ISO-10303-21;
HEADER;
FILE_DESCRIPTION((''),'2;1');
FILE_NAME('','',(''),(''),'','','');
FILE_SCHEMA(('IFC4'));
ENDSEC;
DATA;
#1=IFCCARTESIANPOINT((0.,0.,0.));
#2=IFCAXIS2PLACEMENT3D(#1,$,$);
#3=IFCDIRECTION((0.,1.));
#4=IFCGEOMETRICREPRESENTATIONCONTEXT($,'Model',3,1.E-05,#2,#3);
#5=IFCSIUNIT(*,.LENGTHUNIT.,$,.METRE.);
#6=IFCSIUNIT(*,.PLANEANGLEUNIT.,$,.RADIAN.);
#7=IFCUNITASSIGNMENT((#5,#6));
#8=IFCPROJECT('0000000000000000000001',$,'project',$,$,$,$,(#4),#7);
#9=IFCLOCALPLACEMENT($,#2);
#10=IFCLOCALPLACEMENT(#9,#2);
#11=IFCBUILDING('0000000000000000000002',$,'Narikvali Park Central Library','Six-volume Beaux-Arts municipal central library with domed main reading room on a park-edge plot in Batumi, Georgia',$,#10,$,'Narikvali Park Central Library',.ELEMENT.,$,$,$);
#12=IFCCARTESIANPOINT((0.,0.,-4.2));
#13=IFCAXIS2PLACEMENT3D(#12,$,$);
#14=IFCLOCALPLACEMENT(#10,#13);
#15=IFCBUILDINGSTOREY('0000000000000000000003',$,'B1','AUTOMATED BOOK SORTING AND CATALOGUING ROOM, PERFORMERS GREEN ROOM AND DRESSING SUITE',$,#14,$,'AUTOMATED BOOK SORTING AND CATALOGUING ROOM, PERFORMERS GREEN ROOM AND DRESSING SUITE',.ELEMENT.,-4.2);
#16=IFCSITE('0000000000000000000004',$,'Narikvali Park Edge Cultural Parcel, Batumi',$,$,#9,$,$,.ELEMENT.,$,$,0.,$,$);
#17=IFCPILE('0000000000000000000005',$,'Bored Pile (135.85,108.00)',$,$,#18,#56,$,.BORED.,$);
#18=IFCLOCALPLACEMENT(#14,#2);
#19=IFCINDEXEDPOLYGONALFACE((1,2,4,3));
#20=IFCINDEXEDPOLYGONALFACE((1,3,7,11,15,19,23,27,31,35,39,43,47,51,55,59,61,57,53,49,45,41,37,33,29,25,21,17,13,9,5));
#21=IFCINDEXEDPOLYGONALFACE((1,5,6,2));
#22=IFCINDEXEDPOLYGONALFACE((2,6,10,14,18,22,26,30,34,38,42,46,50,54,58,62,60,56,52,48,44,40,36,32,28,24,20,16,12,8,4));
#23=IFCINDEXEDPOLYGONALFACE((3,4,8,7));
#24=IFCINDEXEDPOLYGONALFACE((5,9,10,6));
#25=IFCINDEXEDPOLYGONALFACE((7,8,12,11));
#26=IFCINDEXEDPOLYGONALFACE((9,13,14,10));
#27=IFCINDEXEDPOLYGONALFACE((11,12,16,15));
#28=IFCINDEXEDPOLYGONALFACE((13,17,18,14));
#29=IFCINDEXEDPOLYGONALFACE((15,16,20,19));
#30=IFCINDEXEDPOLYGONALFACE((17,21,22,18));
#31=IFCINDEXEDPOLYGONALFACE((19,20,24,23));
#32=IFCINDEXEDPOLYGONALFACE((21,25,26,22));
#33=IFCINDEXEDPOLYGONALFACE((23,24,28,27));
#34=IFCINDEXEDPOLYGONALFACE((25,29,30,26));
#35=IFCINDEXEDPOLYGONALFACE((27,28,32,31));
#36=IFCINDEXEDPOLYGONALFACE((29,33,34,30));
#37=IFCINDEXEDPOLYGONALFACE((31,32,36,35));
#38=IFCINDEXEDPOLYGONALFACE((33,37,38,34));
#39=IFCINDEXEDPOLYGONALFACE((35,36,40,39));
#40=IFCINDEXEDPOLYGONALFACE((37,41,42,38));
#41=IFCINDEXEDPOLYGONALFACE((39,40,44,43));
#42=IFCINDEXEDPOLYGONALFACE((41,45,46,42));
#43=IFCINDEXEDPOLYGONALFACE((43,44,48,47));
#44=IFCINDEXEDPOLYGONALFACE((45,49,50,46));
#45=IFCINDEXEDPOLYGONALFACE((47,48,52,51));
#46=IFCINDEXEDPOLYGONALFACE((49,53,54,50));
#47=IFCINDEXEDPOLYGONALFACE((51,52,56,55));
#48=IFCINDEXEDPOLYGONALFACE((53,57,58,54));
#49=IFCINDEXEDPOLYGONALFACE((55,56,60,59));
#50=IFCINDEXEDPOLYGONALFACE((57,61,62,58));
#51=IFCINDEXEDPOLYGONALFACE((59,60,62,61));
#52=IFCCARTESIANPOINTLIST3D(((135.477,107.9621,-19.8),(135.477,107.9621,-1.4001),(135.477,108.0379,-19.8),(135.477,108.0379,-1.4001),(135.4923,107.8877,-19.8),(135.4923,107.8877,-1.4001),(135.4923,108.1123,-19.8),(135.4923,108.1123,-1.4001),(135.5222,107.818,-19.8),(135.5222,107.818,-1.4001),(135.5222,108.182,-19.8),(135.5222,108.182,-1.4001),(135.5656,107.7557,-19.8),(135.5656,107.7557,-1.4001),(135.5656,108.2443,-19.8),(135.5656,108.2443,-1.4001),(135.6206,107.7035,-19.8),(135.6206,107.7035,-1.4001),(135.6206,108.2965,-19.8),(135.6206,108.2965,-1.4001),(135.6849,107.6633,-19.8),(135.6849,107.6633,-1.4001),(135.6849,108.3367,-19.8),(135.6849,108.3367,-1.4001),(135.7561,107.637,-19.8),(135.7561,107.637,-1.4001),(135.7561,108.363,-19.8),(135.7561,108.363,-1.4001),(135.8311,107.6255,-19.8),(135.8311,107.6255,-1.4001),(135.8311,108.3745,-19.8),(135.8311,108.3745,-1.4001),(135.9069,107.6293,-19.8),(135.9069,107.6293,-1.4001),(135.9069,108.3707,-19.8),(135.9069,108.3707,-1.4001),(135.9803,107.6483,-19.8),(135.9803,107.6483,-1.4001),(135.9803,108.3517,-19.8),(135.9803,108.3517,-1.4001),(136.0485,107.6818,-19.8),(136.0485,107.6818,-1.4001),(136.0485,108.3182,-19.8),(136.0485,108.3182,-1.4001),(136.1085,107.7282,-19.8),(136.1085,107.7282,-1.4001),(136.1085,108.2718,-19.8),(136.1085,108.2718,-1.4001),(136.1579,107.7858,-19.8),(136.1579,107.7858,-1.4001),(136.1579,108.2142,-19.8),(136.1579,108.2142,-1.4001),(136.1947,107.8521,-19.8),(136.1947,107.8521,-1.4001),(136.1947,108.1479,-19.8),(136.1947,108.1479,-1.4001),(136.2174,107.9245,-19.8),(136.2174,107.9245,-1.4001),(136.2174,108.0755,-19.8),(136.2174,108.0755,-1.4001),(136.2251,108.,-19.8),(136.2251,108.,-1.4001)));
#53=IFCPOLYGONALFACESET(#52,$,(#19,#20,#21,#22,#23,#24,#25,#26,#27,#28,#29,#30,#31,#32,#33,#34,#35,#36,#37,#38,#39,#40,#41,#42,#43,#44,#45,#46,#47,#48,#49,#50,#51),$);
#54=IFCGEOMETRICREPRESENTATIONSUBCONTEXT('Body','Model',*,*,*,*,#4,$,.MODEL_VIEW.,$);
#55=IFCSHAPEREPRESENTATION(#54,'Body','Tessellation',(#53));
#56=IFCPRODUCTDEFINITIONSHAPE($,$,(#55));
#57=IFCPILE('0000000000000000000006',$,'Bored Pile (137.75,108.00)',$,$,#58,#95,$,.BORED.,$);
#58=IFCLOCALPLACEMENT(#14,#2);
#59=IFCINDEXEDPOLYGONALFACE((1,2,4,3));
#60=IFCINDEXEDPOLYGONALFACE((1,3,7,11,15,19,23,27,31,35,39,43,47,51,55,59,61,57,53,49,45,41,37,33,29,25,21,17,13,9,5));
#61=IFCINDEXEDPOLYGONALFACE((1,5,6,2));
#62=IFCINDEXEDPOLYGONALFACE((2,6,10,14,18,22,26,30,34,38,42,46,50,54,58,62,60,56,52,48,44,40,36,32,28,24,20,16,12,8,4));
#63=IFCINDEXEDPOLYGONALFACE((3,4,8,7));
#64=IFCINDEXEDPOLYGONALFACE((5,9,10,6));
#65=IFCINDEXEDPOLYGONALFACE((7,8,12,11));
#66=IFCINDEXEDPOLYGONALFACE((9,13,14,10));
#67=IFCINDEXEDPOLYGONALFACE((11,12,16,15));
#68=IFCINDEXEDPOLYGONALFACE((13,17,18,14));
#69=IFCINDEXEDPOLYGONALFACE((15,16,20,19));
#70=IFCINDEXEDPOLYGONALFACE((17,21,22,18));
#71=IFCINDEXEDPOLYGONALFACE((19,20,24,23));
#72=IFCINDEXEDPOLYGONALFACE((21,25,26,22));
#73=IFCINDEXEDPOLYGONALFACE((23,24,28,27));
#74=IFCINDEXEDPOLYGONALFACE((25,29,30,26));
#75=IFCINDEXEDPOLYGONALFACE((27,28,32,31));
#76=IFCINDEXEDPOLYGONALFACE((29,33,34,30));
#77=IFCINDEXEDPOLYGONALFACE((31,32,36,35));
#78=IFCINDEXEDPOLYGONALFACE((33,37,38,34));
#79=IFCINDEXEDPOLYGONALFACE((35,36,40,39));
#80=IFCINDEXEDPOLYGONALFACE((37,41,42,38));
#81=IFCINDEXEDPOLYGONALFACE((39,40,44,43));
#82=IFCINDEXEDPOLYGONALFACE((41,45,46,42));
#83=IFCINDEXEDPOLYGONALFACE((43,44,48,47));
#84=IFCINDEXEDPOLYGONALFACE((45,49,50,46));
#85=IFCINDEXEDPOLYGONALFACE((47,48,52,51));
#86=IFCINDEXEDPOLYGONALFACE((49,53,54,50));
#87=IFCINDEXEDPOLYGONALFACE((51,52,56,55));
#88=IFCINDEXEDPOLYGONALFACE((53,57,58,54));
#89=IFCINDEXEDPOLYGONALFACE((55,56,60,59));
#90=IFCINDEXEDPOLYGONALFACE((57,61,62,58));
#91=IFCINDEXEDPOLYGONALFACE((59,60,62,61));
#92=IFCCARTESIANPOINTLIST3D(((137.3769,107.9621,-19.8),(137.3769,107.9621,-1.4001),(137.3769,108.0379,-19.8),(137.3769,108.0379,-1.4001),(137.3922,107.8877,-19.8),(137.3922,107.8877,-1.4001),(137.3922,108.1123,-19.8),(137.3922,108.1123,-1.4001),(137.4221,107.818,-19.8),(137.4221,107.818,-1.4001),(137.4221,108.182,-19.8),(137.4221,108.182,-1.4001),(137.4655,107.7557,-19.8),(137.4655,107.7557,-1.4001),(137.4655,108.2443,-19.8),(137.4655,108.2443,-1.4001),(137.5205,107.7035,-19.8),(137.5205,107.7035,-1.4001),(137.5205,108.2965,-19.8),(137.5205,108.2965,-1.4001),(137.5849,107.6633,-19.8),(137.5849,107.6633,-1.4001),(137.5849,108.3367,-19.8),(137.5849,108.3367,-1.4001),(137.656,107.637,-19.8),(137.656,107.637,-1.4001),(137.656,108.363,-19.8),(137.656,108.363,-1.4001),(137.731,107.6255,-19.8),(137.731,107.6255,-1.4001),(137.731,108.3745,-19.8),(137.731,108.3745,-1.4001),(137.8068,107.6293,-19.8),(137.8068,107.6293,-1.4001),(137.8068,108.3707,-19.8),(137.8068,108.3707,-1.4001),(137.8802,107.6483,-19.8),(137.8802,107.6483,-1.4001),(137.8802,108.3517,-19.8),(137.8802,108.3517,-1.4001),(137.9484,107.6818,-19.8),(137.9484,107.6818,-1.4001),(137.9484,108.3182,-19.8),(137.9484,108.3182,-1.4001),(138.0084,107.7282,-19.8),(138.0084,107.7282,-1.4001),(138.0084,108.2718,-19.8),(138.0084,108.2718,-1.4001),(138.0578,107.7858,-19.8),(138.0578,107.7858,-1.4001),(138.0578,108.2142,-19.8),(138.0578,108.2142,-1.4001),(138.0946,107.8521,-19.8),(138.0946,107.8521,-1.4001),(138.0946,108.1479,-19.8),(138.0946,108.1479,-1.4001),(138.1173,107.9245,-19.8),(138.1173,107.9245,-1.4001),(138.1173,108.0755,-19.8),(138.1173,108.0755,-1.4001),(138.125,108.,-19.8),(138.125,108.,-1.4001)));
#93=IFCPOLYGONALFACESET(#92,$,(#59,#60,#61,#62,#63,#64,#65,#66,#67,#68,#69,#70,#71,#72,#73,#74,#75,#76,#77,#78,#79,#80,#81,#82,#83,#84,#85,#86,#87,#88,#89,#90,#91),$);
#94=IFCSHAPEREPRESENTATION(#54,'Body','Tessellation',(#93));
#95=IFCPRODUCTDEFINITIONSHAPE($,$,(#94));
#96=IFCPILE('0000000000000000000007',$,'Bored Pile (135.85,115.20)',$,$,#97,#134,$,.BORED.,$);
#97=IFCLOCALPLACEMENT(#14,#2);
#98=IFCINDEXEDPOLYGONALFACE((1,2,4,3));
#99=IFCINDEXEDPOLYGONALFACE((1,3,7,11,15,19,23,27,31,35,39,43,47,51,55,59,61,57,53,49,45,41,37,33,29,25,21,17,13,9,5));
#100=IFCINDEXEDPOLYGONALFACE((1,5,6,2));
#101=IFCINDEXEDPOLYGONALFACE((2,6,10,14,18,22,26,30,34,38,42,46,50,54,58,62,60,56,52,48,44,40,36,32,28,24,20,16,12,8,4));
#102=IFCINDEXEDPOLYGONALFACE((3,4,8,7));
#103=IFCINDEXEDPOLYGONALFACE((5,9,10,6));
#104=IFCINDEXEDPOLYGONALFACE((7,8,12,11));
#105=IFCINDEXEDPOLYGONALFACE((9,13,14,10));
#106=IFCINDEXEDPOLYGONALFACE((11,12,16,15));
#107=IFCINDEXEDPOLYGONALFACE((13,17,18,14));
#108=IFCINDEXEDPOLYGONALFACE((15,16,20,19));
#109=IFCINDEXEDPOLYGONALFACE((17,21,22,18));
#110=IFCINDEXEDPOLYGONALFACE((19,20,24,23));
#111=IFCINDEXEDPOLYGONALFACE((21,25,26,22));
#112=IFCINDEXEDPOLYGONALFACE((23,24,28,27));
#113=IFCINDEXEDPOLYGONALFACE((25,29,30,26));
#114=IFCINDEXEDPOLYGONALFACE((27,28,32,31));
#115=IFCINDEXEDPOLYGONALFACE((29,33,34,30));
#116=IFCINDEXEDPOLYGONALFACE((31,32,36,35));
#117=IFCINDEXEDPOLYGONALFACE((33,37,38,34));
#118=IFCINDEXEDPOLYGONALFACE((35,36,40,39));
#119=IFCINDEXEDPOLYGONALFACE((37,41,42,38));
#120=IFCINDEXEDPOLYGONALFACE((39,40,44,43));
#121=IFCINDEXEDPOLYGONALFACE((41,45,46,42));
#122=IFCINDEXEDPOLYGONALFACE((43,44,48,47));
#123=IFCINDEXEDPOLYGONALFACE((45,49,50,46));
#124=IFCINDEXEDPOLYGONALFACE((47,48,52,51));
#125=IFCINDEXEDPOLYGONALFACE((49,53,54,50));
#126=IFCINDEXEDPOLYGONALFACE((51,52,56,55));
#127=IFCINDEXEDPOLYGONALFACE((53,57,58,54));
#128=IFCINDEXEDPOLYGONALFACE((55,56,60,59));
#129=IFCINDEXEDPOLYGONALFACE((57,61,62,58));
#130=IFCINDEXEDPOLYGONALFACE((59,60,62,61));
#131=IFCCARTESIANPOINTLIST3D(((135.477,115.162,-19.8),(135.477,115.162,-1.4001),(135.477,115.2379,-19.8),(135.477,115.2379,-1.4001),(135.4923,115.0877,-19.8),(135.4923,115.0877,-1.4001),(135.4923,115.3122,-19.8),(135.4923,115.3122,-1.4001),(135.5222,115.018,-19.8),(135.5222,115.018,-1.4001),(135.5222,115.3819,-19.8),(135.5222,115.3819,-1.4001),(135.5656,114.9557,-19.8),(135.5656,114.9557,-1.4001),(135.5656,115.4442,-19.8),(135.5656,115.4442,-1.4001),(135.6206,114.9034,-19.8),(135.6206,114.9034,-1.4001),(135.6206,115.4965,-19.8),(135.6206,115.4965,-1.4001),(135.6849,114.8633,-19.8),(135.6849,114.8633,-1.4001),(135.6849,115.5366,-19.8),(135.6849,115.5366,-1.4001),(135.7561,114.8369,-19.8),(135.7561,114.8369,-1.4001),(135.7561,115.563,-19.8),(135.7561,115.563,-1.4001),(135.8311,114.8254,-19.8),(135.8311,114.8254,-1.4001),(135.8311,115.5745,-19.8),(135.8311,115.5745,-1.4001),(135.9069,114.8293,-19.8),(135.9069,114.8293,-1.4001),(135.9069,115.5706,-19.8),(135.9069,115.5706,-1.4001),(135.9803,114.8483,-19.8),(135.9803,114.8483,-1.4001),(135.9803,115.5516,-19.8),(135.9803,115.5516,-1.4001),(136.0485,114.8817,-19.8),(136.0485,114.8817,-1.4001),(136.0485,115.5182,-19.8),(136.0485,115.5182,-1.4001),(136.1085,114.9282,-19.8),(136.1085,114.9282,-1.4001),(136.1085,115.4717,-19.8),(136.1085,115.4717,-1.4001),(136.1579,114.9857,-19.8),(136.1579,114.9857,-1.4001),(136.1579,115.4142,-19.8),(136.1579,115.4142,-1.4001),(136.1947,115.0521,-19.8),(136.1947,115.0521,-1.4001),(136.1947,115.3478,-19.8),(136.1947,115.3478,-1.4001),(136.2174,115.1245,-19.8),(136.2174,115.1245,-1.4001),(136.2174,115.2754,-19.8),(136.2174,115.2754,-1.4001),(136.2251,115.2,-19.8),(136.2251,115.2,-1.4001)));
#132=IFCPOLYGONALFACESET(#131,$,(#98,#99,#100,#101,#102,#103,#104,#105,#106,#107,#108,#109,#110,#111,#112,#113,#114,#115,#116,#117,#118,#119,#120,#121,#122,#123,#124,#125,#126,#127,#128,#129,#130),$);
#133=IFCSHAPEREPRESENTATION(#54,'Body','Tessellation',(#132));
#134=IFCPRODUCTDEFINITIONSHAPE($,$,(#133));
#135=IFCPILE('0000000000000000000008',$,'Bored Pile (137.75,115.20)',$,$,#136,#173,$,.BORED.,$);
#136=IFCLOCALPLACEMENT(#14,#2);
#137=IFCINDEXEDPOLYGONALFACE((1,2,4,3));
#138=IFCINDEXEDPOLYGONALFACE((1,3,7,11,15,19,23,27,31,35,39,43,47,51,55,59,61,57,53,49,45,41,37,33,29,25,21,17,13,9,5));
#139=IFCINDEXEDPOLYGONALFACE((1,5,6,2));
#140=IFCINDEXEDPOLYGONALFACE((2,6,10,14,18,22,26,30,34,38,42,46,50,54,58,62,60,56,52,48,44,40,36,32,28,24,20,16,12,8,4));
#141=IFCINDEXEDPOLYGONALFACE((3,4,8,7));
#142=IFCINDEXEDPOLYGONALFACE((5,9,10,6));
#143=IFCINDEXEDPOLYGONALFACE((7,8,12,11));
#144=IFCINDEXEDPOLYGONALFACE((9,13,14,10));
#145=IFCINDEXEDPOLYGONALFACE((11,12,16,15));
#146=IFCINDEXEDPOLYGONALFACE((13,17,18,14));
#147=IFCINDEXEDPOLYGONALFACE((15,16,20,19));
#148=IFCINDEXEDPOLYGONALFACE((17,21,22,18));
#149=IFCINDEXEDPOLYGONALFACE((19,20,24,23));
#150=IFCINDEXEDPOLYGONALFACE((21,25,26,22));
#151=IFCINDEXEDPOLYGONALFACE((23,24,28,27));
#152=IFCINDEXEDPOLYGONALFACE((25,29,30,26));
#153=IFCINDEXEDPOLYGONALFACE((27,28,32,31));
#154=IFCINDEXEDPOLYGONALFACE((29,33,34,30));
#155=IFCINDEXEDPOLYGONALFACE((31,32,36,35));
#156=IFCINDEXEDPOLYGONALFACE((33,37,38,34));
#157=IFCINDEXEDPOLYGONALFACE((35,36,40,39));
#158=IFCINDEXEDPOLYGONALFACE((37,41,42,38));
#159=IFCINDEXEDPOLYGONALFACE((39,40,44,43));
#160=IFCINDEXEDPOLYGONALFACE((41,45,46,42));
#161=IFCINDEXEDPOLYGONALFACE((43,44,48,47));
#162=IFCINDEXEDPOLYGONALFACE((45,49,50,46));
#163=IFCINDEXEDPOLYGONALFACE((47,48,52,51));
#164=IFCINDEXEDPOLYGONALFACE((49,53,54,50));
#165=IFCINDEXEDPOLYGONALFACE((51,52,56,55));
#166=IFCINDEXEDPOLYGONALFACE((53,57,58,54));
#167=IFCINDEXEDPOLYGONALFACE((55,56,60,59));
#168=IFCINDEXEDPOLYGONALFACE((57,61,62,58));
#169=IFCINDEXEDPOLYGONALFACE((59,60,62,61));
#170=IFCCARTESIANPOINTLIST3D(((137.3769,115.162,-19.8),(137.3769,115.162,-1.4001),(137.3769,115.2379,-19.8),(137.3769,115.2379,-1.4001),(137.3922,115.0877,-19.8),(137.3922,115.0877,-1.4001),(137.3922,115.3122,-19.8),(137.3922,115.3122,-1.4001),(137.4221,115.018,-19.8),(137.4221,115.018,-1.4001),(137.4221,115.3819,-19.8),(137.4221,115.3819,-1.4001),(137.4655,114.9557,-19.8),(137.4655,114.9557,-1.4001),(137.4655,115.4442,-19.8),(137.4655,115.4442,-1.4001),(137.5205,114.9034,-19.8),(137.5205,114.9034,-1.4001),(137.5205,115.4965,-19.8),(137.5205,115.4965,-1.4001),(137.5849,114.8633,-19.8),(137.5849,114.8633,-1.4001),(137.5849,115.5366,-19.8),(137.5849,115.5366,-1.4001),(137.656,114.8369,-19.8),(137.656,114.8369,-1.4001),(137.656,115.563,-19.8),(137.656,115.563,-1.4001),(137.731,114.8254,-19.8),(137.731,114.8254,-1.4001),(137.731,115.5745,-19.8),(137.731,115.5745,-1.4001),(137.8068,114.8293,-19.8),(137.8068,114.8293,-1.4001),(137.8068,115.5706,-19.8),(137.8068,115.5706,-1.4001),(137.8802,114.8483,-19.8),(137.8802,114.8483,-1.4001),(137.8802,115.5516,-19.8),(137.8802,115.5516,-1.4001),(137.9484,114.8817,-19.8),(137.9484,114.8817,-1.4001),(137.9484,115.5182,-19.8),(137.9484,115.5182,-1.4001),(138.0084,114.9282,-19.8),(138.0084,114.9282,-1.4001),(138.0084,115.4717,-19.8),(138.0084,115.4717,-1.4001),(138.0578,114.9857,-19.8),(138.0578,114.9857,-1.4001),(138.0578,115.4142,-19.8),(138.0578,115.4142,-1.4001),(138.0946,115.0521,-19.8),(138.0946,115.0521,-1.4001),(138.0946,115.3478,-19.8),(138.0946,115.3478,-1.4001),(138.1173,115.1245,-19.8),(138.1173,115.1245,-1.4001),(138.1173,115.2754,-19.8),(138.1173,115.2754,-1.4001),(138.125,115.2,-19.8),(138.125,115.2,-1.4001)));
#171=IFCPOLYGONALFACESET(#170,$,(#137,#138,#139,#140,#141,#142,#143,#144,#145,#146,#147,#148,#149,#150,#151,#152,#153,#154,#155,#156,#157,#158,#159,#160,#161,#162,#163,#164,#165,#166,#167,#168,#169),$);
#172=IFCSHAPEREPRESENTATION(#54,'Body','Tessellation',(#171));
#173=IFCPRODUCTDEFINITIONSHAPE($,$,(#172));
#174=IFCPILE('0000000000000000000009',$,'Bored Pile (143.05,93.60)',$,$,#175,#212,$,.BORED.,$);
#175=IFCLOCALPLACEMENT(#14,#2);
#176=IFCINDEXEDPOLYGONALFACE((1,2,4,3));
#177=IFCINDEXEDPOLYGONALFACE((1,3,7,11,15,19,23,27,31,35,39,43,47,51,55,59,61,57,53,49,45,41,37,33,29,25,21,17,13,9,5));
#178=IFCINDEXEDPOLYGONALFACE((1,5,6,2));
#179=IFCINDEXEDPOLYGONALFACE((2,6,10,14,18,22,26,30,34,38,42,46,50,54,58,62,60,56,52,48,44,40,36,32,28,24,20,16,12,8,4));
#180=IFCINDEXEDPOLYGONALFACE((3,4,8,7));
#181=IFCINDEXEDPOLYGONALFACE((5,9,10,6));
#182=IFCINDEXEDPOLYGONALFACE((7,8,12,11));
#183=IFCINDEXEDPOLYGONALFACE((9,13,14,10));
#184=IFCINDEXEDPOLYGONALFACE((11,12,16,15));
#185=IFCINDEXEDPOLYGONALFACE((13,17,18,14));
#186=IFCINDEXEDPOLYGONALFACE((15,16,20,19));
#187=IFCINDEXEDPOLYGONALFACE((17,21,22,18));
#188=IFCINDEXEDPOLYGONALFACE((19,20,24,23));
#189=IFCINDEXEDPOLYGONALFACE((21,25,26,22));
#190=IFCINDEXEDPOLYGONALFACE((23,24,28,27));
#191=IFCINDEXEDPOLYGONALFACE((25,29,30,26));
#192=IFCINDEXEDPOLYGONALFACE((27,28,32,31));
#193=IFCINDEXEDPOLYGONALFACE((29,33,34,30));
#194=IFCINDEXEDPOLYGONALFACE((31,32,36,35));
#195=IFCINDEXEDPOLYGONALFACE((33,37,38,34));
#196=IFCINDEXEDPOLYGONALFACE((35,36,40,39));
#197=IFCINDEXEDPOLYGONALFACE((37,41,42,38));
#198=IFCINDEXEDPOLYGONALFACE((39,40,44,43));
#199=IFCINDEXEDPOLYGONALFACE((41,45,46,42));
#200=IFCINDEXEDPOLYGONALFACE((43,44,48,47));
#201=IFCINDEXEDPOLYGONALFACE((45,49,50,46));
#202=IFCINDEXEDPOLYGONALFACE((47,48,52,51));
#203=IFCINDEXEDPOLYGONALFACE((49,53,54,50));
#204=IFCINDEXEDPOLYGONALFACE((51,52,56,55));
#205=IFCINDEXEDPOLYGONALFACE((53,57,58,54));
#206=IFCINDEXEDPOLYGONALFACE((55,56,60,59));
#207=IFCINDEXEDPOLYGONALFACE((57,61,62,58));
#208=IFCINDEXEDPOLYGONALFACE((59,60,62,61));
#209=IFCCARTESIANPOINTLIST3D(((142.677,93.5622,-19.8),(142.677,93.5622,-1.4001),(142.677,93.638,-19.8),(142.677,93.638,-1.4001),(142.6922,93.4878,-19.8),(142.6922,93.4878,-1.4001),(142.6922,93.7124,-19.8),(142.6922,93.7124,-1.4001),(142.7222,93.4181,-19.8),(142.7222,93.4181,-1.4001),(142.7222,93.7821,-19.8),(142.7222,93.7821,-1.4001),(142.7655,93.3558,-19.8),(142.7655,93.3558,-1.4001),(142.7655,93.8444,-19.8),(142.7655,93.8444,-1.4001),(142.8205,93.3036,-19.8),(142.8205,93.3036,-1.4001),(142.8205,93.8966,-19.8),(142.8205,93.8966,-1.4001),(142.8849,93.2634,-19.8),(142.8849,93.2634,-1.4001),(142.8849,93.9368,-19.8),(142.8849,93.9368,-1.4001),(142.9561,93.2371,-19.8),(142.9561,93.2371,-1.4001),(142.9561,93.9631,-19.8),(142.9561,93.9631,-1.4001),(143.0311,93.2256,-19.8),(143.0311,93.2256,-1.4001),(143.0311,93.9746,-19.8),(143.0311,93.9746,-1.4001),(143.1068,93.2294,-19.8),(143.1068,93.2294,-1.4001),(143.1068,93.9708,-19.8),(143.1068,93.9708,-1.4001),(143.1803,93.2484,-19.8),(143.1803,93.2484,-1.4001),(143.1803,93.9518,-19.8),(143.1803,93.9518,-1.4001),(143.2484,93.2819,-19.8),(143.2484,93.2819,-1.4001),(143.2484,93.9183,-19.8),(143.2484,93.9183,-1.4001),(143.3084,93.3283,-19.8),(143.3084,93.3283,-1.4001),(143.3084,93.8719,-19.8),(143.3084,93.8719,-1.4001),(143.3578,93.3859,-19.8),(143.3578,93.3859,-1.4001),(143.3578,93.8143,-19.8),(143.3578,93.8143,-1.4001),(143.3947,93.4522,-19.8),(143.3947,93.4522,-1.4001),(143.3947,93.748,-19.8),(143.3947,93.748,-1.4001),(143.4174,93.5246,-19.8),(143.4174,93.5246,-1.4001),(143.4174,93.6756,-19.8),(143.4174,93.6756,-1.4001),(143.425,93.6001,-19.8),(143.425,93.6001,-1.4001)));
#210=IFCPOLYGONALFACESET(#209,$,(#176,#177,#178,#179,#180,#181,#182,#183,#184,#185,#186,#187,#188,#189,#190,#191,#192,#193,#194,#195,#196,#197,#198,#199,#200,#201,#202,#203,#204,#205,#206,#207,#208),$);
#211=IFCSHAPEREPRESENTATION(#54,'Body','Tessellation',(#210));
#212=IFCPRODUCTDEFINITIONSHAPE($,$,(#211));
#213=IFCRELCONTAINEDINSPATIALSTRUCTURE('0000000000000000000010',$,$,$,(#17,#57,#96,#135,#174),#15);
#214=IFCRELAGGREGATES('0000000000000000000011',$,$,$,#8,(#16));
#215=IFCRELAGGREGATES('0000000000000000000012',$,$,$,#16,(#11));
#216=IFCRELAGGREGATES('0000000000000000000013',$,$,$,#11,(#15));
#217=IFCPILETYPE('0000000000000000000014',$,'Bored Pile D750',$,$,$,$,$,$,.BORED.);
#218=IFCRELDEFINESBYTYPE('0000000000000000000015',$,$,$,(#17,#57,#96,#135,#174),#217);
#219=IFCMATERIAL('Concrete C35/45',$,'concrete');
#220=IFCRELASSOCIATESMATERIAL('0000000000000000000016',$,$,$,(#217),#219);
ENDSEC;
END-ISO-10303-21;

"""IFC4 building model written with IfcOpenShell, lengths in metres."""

from ifc_helpers import new_model, si_unit, direction, frame, origin, origin_2d, place, context, subcontext, project, spatial, circle, extrude, material, material_profile, profile_set, type_object, element, save


model = new_model("IFC4")

# Units and contexts
model_context = context("Model", 3, precision=1e-05, world=origin(), true_north=direction((0.0, 1.0)))
body_context = subcontext(model_context, "Body", "Model", "MODEL_VIEW")
ifc_project = project(units=[si_unit("LENGTHUNIT", "METRE"), si_unit("PLANEANGLEUNIT", "RADIAN")], contexts=[model_context])

# Site, building, storey
site_placement = place(None, origin())
site = spatial("IfcSite", under=ifc_project, at=site_placement, Name="Narikvali Park Edge Cultural Parcel, Batumi", CompositionType="ELEMENT", RefElevation=0.0)
building_placement = place(site_placement, origin())
building = spatial("IfcBuilding", under=site, at=building_placement, Name="Narikvali Park Central Library", Description="Six-volume Beaux-Arts municipal central library with domed main reading room on a park-edge plot in Batumi, Georgia", LongName="Narikvali Park Central Library", CompositionType="ELEMENT")
storey_placement = place(building_placement, frame((0.0, 0.0, -4.2)))
storey = spatial("IfcBuildingStorey", under=building, at=storey_placement, Name="B1", Description="AUTOMATED BOOK SORTING AND CATALOGUING ROOM, PERFORMERS GREEN ROOM AND DRESSING SUITE", LongName="AUTOMATED BOOK SORTING AND CATALOGUING ROOM, PERFORMERS GREEN ROOM AND DRESSING SUITE", CompositionType="ELEMENT", Elevation=-4.2)

# Piles
ifc_material_1 = material(Name="Concrete C35/45", Category="concrete")
ifc_material_profile_1 = material_profile(ifc_material_1, circle(Radius=0.375, at=origin_2d()), Name="PILE D750")
ifc_profile_set_1 = profile_set([ifc_material_profile_1], Name="Concrete C35/45")
pile_type = type_object("IfcPileType", Name="Bored Pile D750", PredefinedType="BORED", material=ifc_profile_set_1)
for number, where, z_axis, x_axis, name in (
    (1, (135.8501, 108.0, -1.4001), (0.0, 0.0, -1.0), (1.0, 0.0, 0.0), "Bored Pile (135.85,108.00)"),
    (2, (137.75, 108.0, -1.4001), (0.0, 0.0, -1.0), (1.0, 0.0, 0.0), "Bored Pile (137.75,108.00)"),
    (3, (135.8501, 115.2, -1.4001), (0.0, 0.0, -1.0), (1.0, 0.0, 0.0), "Bored Pile (135.85,115.20)"),
    (4, (137.75, 115.2, -1.4001), (0.0, 0.0, -1.0), (1.0, 0.0, 0.0), "Bored Pile (137.75,115.20)"),
    (5, (143.05, 93.6001, -1.4001), (0.0, 0.0, -1.0), (1.0, 0.0, 0.0), "Bored Pile (143.05,93.60)"),
):
    element("IfcPile", number, at=place(storey_placement, frame(where, z_axis=z_axis, x_axis=x_axis)), inside=storey, type_object=pile_type, Name=name, PredefinedType="BORED", context=body_context, shape_type="SweptSolid", body=[
        extrude(circle(Radius=0.375, at=origin_2d()), origin(), (0.0, 0.0, 1.0), 18.3999),
    ])

save(model, "model.ifc")
